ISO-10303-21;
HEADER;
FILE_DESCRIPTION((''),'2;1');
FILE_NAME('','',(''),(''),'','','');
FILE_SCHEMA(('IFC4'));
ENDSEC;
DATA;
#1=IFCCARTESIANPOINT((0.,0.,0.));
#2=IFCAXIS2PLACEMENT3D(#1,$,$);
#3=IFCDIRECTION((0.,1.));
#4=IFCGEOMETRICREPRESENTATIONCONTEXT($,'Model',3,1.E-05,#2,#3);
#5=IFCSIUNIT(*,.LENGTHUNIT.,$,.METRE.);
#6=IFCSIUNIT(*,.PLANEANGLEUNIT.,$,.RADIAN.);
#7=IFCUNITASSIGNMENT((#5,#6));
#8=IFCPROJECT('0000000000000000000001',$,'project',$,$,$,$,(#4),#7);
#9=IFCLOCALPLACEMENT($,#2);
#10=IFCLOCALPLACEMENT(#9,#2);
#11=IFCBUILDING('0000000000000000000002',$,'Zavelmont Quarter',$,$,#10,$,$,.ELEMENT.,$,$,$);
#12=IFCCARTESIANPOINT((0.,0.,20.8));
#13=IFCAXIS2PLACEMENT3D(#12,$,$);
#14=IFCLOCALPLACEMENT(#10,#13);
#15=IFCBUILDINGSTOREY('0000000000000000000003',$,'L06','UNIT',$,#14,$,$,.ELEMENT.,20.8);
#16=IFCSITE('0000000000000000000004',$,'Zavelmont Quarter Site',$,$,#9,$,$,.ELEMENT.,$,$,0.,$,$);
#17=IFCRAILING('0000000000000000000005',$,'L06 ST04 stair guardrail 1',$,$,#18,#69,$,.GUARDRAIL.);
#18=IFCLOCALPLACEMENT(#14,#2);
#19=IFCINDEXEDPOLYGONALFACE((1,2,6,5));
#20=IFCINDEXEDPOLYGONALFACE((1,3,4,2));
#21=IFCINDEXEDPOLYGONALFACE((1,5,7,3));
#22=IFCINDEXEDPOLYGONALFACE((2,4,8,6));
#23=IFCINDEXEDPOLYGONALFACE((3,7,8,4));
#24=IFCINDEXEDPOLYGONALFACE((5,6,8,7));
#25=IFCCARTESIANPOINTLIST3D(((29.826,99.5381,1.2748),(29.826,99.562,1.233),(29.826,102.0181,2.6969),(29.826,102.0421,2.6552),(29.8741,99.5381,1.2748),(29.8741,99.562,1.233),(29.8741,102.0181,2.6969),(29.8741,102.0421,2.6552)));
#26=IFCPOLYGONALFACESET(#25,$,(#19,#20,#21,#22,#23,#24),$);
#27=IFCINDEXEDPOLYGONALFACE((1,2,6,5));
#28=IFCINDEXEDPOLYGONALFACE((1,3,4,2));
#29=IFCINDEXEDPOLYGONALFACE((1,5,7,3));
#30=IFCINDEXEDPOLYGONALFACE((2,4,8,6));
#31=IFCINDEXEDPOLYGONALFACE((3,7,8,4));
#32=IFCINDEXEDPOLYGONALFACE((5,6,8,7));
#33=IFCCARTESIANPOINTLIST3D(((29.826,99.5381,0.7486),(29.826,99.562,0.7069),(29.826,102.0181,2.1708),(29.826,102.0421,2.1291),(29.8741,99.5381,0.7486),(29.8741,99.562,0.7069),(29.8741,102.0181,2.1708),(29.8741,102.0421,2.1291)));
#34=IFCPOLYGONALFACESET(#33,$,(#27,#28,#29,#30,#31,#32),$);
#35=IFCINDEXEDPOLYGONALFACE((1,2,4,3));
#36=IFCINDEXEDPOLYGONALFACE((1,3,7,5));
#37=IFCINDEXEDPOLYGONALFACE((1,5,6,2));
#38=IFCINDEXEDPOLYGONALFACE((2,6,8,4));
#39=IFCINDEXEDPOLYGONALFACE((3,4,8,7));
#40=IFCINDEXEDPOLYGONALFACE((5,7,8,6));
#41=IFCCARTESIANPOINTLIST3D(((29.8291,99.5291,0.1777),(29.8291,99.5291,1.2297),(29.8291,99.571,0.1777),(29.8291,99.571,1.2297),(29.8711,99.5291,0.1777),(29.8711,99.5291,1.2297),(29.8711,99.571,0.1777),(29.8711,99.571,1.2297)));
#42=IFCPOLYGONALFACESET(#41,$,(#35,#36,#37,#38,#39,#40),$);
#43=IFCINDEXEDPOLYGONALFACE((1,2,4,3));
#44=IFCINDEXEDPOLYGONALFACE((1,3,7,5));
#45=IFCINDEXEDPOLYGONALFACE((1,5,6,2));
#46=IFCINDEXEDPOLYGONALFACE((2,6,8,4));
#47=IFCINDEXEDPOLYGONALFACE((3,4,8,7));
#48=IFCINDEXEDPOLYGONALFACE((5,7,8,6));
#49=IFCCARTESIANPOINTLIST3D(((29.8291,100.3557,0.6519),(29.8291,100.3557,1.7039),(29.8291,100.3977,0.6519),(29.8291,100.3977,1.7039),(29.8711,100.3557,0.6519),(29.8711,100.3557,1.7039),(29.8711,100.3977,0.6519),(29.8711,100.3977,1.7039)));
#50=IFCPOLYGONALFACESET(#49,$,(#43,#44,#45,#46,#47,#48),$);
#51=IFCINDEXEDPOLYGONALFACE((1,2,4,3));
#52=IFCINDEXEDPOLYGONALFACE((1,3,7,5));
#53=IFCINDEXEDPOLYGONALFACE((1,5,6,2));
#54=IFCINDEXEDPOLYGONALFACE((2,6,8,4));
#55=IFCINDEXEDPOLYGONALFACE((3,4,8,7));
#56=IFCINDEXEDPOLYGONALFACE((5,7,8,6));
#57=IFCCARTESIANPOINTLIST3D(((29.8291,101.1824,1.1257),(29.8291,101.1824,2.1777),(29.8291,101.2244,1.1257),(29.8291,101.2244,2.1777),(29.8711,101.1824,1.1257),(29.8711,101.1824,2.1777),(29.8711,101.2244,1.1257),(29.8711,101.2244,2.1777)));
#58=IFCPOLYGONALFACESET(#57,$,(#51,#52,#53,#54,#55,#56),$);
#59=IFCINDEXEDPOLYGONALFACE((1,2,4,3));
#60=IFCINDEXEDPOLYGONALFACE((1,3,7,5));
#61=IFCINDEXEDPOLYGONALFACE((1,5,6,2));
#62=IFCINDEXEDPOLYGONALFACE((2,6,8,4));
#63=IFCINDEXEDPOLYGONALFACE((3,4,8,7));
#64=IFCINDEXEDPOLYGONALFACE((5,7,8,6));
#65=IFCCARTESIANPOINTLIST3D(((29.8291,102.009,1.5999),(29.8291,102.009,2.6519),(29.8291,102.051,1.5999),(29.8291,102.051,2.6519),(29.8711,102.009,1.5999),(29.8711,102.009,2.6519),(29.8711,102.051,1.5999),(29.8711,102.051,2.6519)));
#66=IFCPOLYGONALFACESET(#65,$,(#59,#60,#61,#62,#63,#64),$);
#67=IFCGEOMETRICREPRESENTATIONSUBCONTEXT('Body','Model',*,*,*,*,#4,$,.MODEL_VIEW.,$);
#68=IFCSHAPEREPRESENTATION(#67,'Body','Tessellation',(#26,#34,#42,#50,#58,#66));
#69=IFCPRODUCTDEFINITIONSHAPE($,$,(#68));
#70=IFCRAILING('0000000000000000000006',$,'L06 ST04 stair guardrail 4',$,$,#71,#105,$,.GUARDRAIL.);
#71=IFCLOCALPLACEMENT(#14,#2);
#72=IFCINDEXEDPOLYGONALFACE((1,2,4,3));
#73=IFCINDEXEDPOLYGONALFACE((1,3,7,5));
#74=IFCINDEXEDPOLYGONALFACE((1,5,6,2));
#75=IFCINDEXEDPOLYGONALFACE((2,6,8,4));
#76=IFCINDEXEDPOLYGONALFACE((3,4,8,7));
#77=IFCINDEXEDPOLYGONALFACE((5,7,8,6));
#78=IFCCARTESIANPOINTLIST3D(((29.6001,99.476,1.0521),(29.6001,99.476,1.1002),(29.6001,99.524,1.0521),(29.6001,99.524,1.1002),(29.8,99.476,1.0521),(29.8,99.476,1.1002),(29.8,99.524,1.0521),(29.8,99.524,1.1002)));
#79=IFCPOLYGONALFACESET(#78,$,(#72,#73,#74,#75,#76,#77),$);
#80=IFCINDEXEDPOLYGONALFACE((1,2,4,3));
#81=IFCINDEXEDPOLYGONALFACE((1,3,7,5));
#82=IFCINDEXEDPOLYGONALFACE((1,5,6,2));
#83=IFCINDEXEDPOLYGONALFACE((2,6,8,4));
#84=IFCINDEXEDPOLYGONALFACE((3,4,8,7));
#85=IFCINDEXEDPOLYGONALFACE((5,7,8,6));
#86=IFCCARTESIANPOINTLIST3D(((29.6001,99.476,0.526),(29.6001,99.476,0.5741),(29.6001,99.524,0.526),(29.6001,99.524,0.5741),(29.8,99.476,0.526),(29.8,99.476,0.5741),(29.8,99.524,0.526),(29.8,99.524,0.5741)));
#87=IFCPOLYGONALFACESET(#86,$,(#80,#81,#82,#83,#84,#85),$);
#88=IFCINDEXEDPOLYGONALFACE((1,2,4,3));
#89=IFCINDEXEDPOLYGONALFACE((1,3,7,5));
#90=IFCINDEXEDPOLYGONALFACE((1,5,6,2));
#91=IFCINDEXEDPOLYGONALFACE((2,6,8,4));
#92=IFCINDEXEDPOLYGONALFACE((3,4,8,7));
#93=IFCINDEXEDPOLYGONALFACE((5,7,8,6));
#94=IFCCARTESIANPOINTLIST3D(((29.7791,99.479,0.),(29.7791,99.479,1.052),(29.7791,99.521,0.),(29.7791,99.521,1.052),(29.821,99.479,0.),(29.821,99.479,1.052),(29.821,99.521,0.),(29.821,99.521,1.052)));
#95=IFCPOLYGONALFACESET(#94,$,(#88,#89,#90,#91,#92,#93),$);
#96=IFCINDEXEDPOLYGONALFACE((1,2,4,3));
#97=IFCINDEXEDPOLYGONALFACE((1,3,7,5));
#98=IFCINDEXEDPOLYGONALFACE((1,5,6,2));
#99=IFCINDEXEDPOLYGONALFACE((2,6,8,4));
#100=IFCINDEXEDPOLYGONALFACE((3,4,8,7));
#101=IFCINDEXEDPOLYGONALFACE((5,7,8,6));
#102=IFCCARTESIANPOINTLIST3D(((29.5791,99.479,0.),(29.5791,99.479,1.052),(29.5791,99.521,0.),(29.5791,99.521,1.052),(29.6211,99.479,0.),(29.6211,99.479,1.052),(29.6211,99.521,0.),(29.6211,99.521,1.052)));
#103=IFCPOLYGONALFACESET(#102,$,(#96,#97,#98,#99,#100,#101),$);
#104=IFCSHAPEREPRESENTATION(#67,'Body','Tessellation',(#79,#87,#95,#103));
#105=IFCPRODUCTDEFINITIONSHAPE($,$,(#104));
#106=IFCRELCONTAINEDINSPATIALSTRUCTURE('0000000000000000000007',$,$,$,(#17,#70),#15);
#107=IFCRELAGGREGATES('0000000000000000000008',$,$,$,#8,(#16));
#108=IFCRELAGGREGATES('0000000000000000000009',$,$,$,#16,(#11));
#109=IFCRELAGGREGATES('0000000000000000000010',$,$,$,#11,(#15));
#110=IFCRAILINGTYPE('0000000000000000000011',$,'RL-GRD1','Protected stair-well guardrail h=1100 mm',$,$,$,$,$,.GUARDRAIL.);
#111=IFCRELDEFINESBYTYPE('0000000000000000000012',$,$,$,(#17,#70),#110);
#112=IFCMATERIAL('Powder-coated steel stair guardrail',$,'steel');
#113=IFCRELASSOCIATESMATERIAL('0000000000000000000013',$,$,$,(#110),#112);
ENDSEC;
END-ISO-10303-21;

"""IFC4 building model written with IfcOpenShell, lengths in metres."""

from ifc_helpers import new_model, si_unit, direction, frame, origin, origin_2d, place, context, subcontext, project, spatial, rectangle, extrude, material, type_object, element, save


model = new_model("IFC4")

# Units and contexts
model_context = context("Model", 3, precision=1e-05, world=origin(), true_north=direction((0.0, 1.0)))
body_context = subcontext(model_context, "Body", "Model", "MODEL_VIEW")
ifc_project = project(units=[si_unit("LENGTHUNIT", "METRE"), si_unit("PLANEANGLEUNIT", "RADIAN")], contexts=[model_context])

# Site, building, storey
site_placement = place(None, origin())
site = spatial("IfcSite", under=ifc_project, at=site_placement, Name="Zavelmont Quarter Site", CompositionType="ELEMENT", RefElevation=0.0)
building_placement = place(site_placement, origin())
building = spatial("IfcBuilding", under=site, at=building_placement, Name="Zavelmont Quarter", CompositionType="ELEMENT")
storey_placement = place(building_placement, frame((0.0, 0.0, 20.8)))
storey = spatial("IfcBuildingStorey", under=building, at=storey_placement, Name="L06", Description="UNIT", CompositionType="ELEMENT", Elevation=20.8)

# Railings
ifc_material_1 = material(Name="Powder-coated steel stair guardrail", Category="steel")
railing_type_1 = type_object("IfcRailingType", Name="RL-GRD1", Description="Protected stair-well guardrail h=1100 mm", PredefinedType="GUARDRAIL", material=ifc_material_1)
railing_1_placement = place(storey_placement, frame((29.8501, 99.55, 0.1777)))
element("IfcRailing", 1, at=railing_1_placement, inside=storey, type_object=railing_type_1, Name="L06 ST04 stair guardrail 1", PredefinedType="GUARDRAIL", context=body_context, shape_type="SweptSolid", body=[
    extrude(rectangle(XDim=0.0481, YDim=0.0481, at=origin_2d()), frame((0.0, 0.0, 1.0762), z_axis=(0.0, 0.867491, 0.497454), x_axis=(-1.0, 0.0, 0.0)), (0.0, 0.0, 1.0), 2.8589),
    extrude(rectangle(XDim=0.0481, YDim=0.0481, at=origin_2d()), frame((0.0, 0.0, 0.55), z_axis=(0.0, 0.867491, 0.497454), x_axis=(-1.0, 0.0, 0.0)), (0.0, 0.0, 1.0), 2.8589),
    extrude(rectangle(XDim=0.042, YDim=0.042, at=origin_2d()), origin(), (0.0, 0.0, 1.0), 1.052),
    extrude(rectangle(XDim=0.042, YDim=0.042, at=origin_2d()), frame((0.0, 0.8267, 0.4741)), (0.0, 0.0, 1.0), 1.052),
    extrude(rectangle(XDim=0.042, YDim=0.042, at=origin_2d()), frame((0.0, 1.6533, 0.948)), (0.0, 0.0, 1.0), 1.052),
    extrude(rectangle(XDim=0.042, YDim=0.042, at=origin_2d()), frame((0.0, 2.48, 1.4221)), (0.0, 0.0, 1.0), 1.052),
])
railing_2_placement = place(storey_placement, frame((29.8, 99.5, 0.0)))
element("IfcRailing", 2, at=railing_2_placement, inside=storey, type_object=railing_type_1, Name="L06 ST04 stair guardrail 4", PredefinedType="GUARDRAIL", context=body_context, shape_type="SweptSolid", body=[
    extrude(rectangle(XDim=0.0481, YDim=0.0481, at=origin_2d()), frame((0.0, 0.0, 1.0762), z_axis=(-1.0, 0.0, 0.0), x_axis=(0.0, -1.0, 0.0)), (0.0, 0.0, 1.0), 0.2),
    extrude(rectangle(XDim=0.0481, YDim=0.0481, at=origin_2d()), frame((0.0, 0.0, 0.55), z_axis=(-1.0, 0.0, 0.0), x_axis=(0.0, -1.0, 0.0)), (0.0, 0.0, 1.0), 0.2),
    extrude(rectangle(XDim=0.042, YDim=0.042, at=origin_2d()), origin(), (0.0, 0.0, 1.0), 1.052),
    extrude(rectangle(XDim=0.042, YDim=0.042, at=origin_2d()), frame((-0.2, 0.0, 0.0)), (0.0, 0.0, 1.0), 1.052),
])

save(model, "model.ifc")
